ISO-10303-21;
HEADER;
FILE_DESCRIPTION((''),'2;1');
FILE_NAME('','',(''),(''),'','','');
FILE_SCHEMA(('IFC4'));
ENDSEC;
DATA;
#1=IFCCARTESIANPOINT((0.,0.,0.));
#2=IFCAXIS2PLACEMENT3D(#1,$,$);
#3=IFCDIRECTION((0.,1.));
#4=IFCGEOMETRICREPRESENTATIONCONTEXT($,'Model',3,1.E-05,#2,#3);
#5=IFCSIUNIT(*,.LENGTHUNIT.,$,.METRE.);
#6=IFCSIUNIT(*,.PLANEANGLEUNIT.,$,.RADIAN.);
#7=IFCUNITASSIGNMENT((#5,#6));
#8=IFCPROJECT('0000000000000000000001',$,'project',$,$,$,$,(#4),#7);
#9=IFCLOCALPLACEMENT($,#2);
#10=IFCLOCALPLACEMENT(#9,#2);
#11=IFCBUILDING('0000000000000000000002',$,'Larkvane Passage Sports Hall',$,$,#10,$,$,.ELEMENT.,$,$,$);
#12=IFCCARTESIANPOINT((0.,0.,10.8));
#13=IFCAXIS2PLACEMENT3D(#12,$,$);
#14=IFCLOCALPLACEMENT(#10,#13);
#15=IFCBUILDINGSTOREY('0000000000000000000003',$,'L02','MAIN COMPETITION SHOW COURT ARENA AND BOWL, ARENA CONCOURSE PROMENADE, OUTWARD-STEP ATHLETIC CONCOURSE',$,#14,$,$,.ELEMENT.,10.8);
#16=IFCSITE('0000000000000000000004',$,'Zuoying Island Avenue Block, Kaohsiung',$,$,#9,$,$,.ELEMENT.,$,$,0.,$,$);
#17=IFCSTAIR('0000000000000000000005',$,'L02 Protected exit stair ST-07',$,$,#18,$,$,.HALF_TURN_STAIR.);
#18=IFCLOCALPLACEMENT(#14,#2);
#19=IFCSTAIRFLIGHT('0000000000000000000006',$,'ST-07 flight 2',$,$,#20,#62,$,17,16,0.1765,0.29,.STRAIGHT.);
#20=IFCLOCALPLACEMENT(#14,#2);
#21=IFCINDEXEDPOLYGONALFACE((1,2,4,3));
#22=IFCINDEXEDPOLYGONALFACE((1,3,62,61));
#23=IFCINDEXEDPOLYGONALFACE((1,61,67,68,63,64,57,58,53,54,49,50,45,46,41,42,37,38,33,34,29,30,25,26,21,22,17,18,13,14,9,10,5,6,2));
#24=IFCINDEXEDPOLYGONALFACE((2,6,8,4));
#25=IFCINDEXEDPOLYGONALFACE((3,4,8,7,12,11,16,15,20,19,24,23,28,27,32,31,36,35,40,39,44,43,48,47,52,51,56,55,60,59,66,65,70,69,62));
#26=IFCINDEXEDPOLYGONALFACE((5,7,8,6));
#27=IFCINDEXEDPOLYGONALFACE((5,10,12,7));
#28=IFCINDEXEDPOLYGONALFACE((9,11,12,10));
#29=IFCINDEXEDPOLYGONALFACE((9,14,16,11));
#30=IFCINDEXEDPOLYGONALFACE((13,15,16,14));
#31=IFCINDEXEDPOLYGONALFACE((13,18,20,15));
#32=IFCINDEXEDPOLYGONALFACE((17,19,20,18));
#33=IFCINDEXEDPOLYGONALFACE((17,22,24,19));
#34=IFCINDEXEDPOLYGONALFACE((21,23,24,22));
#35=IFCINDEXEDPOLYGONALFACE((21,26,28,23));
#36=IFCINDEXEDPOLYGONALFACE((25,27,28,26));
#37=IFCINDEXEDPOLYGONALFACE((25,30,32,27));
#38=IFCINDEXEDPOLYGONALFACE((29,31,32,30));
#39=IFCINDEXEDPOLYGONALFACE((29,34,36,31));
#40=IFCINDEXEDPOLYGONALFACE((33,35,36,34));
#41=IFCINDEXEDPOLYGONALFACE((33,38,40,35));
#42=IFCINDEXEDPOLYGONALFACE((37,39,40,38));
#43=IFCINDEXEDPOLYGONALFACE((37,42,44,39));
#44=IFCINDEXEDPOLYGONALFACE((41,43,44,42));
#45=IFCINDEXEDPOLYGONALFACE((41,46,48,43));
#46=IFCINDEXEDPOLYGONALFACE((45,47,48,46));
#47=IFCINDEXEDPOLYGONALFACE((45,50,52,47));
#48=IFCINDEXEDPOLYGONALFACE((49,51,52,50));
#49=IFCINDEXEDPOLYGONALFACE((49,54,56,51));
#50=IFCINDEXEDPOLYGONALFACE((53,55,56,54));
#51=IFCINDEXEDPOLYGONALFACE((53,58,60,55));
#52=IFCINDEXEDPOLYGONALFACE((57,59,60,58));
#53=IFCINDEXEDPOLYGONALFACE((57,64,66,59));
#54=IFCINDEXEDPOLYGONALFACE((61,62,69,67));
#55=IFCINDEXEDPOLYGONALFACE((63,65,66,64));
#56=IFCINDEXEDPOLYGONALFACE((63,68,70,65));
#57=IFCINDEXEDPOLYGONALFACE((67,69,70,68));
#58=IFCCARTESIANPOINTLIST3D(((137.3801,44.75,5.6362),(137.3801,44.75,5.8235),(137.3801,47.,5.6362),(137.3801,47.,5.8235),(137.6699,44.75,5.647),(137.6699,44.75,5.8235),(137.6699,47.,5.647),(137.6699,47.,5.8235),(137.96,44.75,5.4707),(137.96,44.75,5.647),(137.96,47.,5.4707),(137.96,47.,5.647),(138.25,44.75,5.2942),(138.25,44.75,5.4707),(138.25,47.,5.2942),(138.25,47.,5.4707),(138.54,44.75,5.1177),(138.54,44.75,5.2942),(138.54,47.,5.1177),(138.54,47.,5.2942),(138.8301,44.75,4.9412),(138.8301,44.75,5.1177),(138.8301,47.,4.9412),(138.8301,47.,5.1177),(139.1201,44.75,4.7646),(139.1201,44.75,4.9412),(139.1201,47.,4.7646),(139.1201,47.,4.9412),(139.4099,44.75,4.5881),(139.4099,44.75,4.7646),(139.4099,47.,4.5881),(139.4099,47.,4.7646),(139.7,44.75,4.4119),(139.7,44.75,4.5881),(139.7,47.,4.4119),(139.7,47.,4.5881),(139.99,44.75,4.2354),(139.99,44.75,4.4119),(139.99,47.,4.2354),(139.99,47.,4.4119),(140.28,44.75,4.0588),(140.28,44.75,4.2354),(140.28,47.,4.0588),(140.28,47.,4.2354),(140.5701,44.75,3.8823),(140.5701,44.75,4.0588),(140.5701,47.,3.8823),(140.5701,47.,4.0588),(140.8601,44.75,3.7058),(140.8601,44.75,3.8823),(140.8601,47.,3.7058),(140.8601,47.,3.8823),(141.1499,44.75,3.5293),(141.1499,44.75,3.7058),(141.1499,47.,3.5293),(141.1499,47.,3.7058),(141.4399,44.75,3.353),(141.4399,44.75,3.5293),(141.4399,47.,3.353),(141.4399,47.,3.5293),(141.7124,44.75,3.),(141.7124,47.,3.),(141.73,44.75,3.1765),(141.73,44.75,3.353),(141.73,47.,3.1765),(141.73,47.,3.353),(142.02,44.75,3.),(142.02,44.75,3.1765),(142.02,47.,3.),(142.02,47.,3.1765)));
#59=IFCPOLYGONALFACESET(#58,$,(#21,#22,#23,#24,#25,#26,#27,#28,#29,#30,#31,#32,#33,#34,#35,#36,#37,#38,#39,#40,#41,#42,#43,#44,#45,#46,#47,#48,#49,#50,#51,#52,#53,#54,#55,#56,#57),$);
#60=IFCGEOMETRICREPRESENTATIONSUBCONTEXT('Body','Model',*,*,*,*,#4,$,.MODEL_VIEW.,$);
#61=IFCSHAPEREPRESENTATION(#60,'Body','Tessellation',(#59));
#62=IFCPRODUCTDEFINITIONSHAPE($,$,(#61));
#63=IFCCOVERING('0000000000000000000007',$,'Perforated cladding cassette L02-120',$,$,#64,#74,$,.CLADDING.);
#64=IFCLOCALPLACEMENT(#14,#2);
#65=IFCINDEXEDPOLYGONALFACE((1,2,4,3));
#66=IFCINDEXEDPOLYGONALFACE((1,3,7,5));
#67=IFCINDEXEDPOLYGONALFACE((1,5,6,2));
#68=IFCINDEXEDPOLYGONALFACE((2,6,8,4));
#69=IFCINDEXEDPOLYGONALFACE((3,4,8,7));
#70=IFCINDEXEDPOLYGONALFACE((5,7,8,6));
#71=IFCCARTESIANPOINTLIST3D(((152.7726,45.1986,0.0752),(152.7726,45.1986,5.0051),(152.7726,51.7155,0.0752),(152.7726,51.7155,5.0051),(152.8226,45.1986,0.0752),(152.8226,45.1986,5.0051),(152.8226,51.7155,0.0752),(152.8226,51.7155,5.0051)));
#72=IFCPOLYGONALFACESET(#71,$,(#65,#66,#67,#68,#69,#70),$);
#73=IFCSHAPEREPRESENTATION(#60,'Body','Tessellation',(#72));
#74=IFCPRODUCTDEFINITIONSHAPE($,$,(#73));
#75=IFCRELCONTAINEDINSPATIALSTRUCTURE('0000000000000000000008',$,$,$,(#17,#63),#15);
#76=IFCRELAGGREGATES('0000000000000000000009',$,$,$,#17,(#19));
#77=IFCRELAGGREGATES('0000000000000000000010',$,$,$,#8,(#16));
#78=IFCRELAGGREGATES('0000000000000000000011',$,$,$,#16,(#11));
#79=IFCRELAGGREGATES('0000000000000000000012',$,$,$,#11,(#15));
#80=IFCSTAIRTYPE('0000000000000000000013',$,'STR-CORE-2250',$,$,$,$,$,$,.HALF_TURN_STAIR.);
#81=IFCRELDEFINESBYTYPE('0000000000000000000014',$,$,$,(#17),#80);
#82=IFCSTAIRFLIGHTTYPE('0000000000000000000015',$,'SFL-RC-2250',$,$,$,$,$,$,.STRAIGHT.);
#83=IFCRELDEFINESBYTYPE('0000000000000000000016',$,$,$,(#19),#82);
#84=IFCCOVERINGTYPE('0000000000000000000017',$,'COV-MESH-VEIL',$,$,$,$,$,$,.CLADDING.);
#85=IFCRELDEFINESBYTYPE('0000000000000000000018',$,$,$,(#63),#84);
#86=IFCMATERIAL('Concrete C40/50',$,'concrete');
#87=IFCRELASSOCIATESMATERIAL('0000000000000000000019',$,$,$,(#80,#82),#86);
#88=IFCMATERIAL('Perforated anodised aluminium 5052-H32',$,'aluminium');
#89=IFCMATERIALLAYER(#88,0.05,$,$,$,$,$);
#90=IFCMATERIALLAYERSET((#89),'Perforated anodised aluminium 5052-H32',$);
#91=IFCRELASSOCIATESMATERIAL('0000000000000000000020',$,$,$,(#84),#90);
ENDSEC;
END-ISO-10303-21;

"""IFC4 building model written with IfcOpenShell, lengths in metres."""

from ifc_helpers import new_model, si_unit, direction, frame, origin, origin_2d, place, context, subcontext, project, spatial, polyline, rectangle, outline, extrude, material, layer, layer_set, type_object, element, aggregate, save


model = new_model("IFC4")

# Units and contexts
model_context = context("Model", 3, precision=1e-05, world=origin(), true_north=direction((0.0, 1.0)))
body_context = subcontext(model_context, "Body", "Model", "MODEL_VIEW")
ifc_project = project(units=[si_unit("LENGTHUNIT", "METRE"), si_unit("PLANEANGLEUNIT", "RADIAN")], contexts=[model_context])

# Site, building, storey
site_placement = place(None, origin())
site = spatial("IfcSite", under=ifc_project, at=site_placement, Name="Zuoying Island Avenue Block, Kaohsiung", CompositionType="ELEMENT", RefElevation=0.0)
building_placement = place(site_placement, origin())
building = spatial("IfcBuilding", under=site, at=building_placement, Name="Larkvane Passage Sports Hall", CompositionType="ELEMENT")
storey_placement = place(building_placement, frame((0.0, 0.0, 10.8)))
storey = spatial("IfcBuildingStorey", under=building, at=storey_placement, Name="L02", Description="MAIN COMPETITION SHOW COURT ARENA AND BOWL, ARENA CONCOURSE PROMENADE, OUTWARD-STEP ATHLETIC CONCOURSE", CompositionType="ELEMENT", Elevation=10.8)

# Shared definitions
ifc_material_1 = material(Name="Concrete C40/50", Category="concrete")

# Stair, stair flight
stair_type = type_object("IfcStairType", Name="STR-CORE-2250", PredefinedType="HALF_TURN_STAIR", material=ifc_material_1)
stair_placement = place(storey_placement, origin())
stair = element("IfcStair", 1, at=stair_placement, inside=storey, type_object=stair_type, Name="L02 Protected exit stair ST-07", PredefinedType="HALF_TURN_STAIR")
stair_flight_type = type_object("IfcStairFlightType", Name="SFL-RC-2250", PredefinedType="STRAIGHT", material=ifc_material_1)
stair_flight_placement = place(storey_placement, frame((142.02, 45.875, 3.0), z_axis=(0.0, 0.0, 1.0), x_axis=(-1.0, 0.0, 0.0)))
stair_flight = element("IfcStairFlight", 2, at=stair_flight_placement, type_object=stair_flight_type, Name="ST-07 flight 2", NumberOfRisers=17, NumberOfTreads=16, PredefinedType="STRAIGHT", RiserHeight=0.1765, TreadLength=0.29, context=body_context, shape_type="SweptSolid", body=[
    extrude(outline(polyline([(0.0, 0.0), (0.0, 0.1765), (0.29, 0.1765), (0.29, 0.353), (0.5801, 0.353), (0.5801, 0.5293), (0.8701, 0.5293), (0.8701, 0.7058), (1.1599, 0.7058), (1.1599, 0.8823), (1.45, 0.8823), (1.45, 1.0588), (1.74, 1.0588), (1.74, 1.2354), (2.03, 1.2354), (2.03, 1.4119), (2.3201, 1.4119), (2.3201, 1.5881), (2.6101, 1.5881), (2.6101, 1.7646), (2.8999, 1.7646), (2.8999, 1.9412), (3.1899, 1.9412), (3.1899, 2.1177), (3.48, 2.1177), (3.48, 2.2942), (3.77, 2.2942), (3.77, 2.4707), (4.0601, 2.4707), (4.0601, 2.647), (4.3501, 2.647), (4.3501, 2.8235), (4.6399, 2.8235), (4.6399, 3.0), (4.6399, 2.6362), (0.3076, 0.0), (0.0, 0.0)])), frame((0.0, 1.125, 0.0), z_axis=(0.0, -1.0, 0.0), x_axis=(1.0, 0.0, 0.0)), (0.0, 0.0, 1.0), 2.25),
])
aggregate(stair, [stair_flight])

# Covering
ifc_material_2 = material(Name="Perforated anodised aluminium 5052-H32", Category="aluminium")
ifc_layer_1 = layer(ifc_material_2, 0.05)
ifc_layer_set_1 = layer_set([ifc_layer_1], Name="Perforated anodised aluminium 5052-H32")
covering_type = type_object("IfcCoveringType", Name="COV-MESH-VEIL", PredefinedType="CLADDING", material=ifc_layer_set_1)
covering_placement = place(storey_placement, frame((152.7976, 48.457, 0.0752), z_axis=(0.0, 0.0, 1.0), x_axis=(0.0, -1.0, 0.0)))
element("IfcCovering", 3, at=covering_placement, inside=storey, type_object=covering_type, Name="Perforated cladding cassette L02-120", PredefinedType="CLADDING", context=body_context, shape_type="SweptSolid", body=[
    extrude(rectangle(XDim=6.5168, YDim=0.05, at=origin_2d()), origin(), (0.0, 0.0, 1.0), 4.9299),
])

save(model, "model.ifc")
